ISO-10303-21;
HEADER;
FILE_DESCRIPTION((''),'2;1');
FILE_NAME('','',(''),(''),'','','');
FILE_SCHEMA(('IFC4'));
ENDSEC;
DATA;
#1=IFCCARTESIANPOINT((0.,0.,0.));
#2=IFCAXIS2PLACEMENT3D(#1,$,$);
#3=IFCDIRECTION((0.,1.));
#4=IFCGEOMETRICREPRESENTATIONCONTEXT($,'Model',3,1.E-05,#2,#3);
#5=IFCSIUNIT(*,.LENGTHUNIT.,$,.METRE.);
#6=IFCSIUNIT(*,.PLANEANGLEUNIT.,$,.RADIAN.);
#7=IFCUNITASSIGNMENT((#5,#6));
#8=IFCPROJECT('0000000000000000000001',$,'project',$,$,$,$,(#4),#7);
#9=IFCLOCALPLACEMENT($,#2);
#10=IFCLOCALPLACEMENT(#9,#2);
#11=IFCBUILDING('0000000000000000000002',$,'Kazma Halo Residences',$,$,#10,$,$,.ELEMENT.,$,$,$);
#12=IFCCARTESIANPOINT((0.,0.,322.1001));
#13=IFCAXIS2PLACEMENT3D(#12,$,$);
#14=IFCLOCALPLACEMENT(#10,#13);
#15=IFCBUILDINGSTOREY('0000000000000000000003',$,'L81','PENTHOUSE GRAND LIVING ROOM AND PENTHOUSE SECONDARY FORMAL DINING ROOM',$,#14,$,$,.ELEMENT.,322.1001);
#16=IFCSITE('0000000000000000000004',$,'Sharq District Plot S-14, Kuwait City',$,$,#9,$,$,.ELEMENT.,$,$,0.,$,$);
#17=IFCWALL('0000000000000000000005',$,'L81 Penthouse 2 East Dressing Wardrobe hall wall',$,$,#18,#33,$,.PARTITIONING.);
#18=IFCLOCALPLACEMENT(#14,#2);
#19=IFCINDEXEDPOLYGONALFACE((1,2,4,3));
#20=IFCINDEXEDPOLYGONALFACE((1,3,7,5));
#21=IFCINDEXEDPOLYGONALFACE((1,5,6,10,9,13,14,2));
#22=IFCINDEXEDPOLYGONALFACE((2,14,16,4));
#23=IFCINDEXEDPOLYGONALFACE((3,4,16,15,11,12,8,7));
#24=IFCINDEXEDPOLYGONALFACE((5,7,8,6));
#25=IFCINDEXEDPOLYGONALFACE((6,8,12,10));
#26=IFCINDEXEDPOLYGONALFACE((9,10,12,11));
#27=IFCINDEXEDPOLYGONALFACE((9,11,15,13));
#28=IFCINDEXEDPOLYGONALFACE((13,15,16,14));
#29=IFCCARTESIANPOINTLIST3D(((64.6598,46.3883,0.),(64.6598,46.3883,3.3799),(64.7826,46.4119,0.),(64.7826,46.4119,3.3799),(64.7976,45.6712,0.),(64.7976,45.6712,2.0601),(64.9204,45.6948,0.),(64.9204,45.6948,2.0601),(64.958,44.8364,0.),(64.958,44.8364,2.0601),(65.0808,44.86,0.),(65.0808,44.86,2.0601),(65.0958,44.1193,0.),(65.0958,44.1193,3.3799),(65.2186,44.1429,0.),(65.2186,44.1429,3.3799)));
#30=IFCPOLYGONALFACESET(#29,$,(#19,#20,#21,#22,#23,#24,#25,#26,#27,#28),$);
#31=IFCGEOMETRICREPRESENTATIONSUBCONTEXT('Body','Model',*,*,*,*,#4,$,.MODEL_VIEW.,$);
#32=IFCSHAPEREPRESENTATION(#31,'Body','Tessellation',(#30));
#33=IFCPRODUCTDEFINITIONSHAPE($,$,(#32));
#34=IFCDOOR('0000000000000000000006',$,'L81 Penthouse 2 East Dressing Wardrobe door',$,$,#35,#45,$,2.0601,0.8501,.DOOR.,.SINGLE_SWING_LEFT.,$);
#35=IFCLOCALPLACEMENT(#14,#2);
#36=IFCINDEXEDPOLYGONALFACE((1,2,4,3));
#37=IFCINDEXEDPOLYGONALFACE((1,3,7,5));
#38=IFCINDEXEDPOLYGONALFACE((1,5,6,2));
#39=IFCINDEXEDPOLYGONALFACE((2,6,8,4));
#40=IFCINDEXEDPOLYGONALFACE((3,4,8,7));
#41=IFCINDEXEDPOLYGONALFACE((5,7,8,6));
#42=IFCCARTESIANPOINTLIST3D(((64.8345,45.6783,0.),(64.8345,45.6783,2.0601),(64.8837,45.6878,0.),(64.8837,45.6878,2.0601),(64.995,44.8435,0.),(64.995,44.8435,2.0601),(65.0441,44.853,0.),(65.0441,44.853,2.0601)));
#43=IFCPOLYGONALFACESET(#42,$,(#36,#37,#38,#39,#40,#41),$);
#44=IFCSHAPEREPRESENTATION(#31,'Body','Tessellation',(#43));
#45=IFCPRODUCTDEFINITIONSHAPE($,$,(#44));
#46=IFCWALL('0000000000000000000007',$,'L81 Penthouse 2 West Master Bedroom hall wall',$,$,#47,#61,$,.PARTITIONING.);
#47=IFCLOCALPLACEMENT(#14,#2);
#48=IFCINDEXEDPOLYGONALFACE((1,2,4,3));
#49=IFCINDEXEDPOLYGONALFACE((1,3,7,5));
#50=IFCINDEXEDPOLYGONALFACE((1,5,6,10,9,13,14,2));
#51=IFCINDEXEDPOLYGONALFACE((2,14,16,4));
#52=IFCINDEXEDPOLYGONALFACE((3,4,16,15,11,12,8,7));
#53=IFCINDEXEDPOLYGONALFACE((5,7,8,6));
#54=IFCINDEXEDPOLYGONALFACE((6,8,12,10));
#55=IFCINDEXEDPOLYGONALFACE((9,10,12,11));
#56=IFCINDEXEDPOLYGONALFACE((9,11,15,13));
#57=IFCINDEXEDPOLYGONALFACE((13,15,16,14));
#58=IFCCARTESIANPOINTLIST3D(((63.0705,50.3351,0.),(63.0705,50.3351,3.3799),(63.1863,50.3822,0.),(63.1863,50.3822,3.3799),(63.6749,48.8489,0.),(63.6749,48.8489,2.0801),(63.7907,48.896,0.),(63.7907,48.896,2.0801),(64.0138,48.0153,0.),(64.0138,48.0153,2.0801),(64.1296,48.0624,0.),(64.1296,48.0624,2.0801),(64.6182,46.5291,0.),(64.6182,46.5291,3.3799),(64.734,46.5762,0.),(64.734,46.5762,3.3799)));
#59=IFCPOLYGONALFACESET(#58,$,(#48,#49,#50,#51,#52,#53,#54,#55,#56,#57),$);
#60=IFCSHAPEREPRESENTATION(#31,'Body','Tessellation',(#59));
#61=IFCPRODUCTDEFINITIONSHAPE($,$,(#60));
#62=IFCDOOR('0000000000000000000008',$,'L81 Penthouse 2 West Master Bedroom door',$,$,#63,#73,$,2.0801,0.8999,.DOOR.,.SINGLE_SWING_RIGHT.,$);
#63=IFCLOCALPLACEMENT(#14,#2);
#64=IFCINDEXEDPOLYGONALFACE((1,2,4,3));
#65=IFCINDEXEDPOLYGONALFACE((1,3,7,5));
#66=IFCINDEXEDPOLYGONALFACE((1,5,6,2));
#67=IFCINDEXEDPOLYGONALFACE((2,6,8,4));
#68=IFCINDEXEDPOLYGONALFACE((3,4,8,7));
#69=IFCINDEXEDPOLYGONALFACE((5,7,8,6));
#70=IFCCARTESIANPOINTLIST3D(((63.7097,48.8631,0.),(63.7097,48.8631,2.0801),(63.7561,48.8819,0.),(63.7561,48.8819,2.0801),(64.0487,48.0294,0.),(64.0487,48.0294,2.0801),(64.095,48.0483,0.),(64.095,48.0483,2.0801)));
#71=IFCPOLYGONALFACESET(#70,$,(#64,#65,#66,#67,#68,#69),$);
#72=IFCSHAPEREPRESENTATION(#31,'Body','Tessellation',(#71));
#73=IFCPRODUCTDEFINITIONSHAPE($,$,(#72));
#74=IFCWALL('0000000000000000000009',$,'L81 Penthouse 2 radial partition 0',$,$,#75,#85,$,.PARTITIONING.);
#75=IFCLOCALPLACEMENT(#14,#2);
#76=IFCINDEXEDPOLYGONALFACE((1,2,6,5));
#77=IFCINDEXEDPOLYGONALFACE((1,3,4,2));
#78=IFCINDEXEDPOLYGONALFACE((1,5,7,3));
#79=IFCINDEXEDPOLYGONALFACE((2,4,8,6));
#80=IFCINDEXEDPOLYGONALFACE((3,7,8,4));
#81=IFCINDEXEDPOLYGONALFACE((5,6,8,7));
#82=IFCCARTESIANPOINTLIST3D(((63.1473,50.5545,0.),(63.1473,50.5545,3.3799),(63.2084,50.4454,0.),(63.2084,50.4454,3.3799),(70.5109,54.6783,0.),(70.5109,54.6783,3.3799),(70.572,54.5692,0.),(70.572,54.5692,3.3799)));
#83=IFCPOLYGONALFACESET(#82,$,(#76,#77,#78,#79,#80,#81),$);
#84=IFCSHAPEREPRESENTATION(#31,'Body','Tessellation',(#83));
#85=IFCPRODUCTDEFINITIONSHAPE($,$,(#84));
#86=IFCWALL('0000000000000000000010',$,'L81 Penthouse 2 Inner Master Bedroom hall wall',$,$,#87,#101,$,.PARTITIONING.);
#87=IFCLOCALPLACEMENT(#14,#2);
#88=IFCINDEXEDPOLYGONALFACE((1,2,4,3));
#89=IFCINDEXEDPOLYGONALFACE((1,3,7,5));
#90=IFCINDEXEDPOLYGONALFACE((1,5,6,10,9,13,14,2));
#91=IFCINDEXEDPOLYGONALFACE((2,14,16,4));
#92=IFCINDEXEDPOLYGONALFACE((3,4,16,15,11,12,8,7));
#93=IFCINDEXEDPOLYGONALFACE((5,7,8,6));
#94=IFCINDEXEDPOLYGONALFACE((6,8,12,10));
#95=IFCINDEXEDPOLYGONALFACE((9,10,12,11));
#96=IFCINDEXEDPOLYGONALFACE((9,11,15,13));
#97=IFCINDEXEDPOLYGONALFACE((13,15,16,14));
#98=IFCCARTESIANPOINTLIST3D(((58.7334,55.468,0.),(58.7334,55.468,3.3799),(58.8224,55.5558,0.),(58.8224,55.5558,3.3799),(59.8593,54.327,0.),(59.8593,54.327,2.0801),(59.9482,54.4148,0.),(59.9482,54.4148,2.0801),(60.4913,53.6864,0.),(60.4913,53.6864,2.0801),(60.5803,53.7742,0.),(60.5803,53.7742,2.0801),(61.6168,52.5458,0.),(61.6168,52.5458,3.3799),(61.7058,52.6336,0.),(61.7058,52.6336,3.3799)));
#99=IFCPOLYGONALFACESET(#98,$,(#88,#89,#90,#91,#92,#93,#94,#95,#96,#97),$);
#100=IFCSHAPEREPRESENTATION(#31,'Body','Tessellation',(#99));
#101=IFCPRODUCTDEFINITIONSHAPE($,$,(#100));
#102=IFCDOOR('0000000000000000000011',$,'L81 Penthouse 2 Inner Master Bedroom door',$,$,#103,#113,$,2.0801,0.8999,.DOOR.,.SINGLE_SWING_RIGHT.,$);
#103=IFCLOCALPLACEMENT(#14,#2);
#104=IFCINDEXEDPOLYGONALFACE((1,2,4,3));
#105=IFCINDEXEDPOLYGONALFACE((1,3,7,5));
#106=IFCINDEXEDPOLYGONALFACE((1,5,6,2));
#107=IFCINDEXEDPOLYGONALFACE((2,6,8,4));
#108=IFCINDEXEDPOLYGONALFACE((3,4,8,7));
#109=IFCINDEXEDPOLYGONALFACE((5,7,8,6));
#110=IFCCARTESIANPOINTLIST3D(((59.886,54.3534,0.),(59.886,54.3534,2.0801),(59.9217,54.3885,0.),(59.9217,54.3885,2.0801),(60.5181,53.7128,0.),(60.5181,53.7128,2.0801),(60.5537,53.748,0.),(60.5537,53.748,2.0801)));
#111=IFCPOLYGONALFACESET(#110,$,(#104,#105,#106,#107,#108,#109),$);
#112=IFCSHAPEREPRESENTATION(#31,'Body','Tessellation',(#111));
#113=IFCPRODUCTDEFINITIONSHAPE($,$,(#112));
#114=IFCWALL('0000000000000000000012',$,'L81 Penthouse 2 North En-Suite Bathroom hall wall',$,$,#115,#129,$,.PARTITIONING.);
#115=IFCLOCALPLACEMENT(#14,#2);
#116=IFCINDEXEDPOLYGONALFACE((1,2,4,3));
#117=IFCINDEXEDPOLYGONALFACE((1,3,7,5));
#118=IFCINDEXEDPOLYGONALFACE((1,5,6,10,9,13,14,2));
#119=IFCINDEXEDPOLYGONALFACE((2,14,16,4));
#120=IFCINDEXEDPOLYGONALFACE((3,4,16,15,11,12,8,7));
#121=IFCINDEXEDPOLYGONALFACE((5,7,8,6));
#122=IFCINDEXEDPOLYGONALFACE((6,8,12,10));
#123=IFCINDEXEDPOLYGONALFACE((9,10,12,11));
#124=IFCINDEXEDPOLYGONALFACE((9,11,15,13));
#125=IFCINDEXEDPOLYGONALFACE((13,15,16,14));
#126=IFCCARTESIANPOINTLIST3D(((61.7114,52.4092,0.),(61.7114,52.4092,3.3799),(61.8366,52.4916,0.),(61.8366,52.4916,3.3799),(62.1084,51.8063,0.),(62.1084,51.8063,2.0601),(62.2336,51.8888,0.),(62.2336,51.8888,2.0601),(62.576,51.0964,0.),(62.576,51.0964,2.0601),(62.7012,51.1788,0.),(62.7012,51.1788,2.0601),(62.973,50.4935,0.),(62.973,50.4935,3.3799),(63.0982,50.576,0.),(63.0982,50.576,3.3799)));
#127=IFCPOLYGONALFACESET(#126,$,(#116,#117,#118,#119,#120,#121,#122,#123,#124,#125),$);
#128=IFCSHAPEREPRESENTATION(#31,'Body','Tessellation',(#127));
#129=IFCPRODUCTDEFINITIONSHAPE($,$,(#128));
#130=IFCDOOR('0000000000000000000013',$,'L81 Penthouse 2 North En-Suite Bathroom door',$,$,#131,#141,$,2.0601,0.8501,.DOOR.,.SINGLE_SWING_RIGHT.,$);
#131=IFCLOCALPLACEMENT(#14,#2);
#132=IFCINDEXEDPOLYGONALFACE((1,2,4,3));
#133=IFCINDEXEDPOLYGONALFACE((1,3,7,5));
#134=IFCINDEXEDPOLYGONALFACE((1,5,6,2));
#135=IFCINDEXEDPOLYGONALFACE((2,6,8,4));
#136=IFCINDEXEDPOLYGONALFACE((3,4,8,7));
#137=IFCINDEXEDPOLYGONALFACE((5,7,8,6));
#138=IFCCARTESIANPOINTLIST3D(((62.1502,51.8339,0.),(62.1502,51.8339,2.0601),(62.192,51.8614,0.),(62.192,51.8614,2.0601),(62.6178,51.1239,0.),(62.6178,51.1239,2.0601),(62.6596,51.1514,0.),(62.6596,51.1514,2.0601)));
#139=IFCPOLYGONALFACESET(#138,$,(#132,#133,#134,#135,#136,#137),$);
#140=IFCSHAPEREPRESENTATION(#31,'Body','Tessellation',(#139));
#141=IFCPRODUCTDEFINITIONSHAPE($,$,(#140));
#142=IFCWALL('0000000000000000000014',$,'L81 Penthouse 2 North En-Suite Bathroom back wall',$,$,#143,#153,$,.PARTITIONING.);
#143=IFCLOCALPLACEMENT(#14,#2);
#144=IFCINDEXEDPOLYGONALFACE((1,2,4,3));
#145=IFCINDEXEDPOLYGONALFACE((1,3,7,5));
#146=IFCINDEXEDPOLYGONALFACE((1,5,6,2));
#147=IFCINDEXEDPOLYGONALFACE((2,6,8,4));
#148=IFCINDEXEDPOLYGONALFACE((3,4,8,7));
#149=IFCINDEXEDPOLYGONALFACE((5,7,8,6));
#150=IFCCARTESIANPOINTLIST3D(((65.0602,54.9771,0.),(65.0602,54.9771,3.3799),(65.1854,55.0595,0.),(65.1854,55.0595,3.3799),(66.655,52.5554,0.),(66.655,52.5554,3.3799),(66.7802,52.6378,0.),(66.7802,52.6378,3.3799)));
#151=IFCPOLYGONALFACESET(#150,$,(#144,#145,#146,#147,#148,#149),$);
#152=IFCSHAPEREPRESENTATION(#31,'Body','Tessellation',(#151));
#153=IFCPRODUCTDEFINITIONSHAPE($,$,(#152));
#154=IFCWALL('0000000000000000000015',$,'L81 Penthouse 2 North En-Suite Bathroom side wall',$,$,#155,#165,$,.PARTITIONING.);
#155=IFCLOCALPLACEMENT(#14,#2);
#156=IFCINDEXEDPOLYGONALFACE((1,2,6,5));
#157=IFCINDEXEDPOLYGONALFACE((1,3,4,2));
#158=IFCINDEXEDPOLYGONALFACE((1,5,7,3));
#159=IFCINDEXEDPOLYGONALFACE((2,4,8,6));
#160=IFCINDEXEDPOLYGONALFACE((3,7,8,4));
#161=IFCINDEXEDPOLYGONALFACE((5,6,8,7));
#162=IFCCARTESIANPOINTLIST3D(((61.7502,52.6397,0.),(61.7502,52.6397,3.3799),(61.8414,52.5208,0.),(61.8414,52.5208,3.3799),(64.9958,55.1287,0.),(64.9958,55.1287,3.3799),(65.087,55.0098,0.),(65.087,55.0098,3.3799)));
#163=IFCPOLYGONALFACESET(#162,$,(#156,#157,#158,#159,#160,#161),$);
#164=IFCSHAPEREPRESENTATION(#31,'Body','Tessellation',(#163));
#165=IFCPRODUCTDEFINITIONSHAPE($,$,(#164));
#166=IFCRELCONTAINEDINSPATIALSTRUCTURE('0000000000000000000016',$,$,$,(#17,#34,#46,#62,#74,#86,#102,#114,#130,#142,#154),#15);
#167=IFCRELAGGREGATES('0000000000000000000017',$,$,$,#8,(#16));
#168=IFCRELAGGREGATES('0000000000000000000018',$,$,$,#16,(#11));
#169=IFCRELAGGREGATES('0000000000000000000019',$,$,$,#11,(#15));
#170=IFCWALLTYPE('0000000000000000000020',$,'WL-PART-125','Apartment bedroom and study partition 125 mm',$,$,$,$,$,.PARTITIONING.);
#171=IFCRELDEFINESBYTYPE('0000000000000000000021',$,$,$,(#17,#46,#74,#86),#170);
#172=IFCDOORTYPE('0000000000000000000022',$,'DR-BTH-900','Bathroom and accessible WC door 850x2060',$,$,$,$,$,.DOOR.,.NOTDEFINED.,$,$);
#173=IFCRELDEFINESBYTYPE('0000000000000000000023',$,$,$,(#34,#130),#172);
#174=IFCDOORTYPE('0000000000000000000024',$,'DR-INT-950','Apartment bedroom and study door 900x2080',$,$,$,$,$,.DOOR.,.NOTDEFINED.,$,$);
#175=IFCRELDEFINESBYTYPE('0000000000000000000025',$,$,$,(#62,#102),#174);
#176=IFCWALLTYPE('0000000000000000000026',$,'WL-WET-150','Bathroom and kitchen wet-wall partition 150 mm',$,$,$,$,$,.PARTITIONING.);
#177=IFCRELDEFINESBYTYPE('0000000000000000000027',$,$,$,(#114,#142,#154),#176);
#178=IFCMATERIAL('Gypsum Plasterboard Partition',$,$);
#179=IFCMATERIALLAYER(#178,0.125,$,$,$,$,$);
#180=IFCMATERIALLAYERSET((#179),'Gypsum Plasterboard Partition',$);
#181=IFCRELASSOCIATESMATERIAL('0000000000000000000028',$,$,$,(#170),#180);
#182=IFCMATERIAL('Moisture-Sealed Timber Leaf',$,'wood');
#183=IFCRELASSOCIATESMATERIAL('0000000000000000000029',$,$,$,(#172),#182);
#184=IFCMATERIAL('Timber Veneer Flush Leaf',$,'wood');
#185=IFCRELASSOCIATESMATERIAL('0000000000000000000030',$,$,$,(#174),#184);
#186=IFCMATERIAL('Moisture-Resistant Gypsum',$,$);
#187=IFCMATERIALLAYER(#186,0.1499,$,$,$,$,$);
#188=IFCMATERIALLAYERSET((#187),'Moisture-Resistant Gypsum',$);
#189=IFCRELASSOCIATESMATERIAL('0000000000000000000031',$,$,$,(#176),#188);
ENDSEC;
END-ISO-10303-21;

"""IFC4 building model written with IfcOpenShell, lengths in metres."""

from ifc_helpers import new_model, si_unit, direction, frame, frame_2d, origin, place, context, subcontext, project, spatial, rectangle, extrude, material, layer, layer_set, type_object, element, fill, save


model = new_model("IFC4")

# Units and contexts
model_context = context("Model", 3, precision=1e-05, world=origin(), true_north=direction((0.0, 1.0)))
body_context = subcontext(model_context, "Body", "Model", "MODEL_VIEW")
ifc_project = project(units=[si_unit("LENGTHUNIT", "METRE"), si_unit("PLANEANGLEUNIT", "RADIAN")], contexts=[model_context])

# Site, building, storey
site_placement = place(None, origin())
site = spatial("IfcSite", under=ifc_project, at=site_placement, Name="Sharq District Plot S-14, Kuwait City", CompositionType="ELEMENT", RefElevation=0.0)
building_placement = place(site_placement, origin())
building = spatial("IfcBuilding", under=site, at=building_placement, Name="Kazma Halo Residences", CompositionType="ELEMENT")
storey_placement = place(building_placement, frame((0.0, 0.0, 322.1001)))
storey = spatial("IfcBuildingStorey", under=building, at=storey_placement, Name="L81", Description="PENTHOUSE GRAND LIVING ROOM AND PENTHOUSE SECONDARY FORMAL DINING ROOM", CompositionType="ELEMENT", Elevation=322.1001)

# Shared definitions
ifc_material_1 = material(Name="Gypsum Plasterboard Partition")
ifc_layer_1 = layer(ifc_material_1, 0.125)
ifc_layer_set_1 = layer_set([ifc_layer_1], Name="Gypsum Plasterboard Partition")
wall_type_1 = type_object("IfcWallType", Name="WL-PART-125", Description="Apartment bedroom and study partition 125 mm", PredefinedType="PARTITIONING", material=ifc_layer_set_1)

# Walls, openings, doors
wall_1_placement = place(storey_placement, frame((65.1572, 44.1311, 0.0), z_axis=(0.0, 0.0, 1.0), x_axis=(-0.188714, 0.982032, 0.0)))
wall_1 = element("IfcWall", 1, at=wall_1_placement, inside=storey, type_object=wall_type_1, Name="L81 Penthouse 2 East Dressing Wardrobe hall wall", PredefinedType="PARTITIONING", context=body_context, shape_type="SweptSolid", body=[
    extrude(rectangle(XDim=2.3105, YDim=0.125, at=frame_2d((1.1553, 0.0))), origin(), (0.0, 0.0, 1.0), 3.3799),
])
opening_1_placement = place(wall_1_placement, frame((0.7302, 0.0, 0.0)))
opening_1 = element("IfcOpeningElement", 2, at=opening_1_placement, cuts=wall_1, PredefinedType="OPENING", context=body_context, shape_type="SweptSolid", body=[
    extrude(rectangle(XDim=0.8501, YDim=2.0601, at=frame_2d((0.425, 1.03))), frame((0.0, 0.0725, 0.0), z_axis=(0.0, -1.0, 0.0), x_axis=(1.0, 0.0, 0.0)), (0.0, 0.0, 1.0), 0.145),
])
ifc_material_2 = material(Name="Moisture-Sealed Timber Leaf", Category="wood")
door_type_1 = type_object("IfcDoorType", Name="DR-BTH-900", Description="Bathroom and accessible WC door 850x2060", OperationType="NOTDEFINED", PredefinedType="DOOR", material=ifc_material_2)
door_1_placement = place(opening_1_placement, origin())
door_1 = element("IfcDoor", 3, at=door_1_placement, inside=storey, type_object=door_type_1, Name="L81 Penthouse 2 East Dressing Wardrobe door", OperationType="SINGLE_SWING_LEFT", OverallHeight=2.0601, OverallWidth=0.8501, PredefinedType="DOOR", context=body_context, shape_type="SweptSolid", body=[
    extrude(rectangle(XDim=0.8501, YDim=2.0601, at=frame_2d((0.425, 1.03))), frame((0.0, 0.0249, 0.0), z_axis=(0.0, -1.0, 0.0), x_axis=(1.0, 0.0, 0.0)), (0.0, 0.0, 1.0), 0.05),
])
fill(opening_1, door_1)
wall_2_placement = place(storey_placement, frame((64.676, 46.5527, 0.0), z_axis=(0.0, 0.0, 1.0), x_axis=(-0.376681, 0.926343, 0.0)))
wall_2 = element("IfcWall", 4, at=wall_2_placement, inside=storey, type_object=wall_type_1, Name="L81 Penthouse 2 West Master Bedroom hall wall", PredefinedType="PARTITIONING", context=body_context, shape_type="SweptSolid", body=[
    extrude(rectangle(XDim=4.1086, YDim=0.125, at=frame_2d((2.0542, 0.0))), origin(), (0.0, 0.0, 1.0), 3.3799),
])
opening_2_placement = place(wall_2_placement, frame((1.6042, 0.0, 0.0)))
opening_2 = element("IfcOpeningElement", 5, at=opening_2_placement, cuts=wall_2, PredefinedType="OPENING", context=body_context, shape_type="SweptSolid", body=[
    extrude(rectangle(XDim=0.8999, YDim=2.0801, at=frame_2d((0.45, 1.04))), frame((0.0, 0.0725, 0.0), z_axis=(0.0, -1.0, 0.0), x_axis=(1.0, 0.0, 0.0)), (0.0, 0.0, 1.0), 0.145),
])
ifc_material_3 = material(Name="Timber Veneer Flush Leaf", Category="wood")
door_type_2 = type_object("IfcDoorType", Name="DR-INT-950", Description="Apartment bedroom and study door 900x2080", OperationType="NOTDEFINED", PredefinedType="DOOR", material=ifc_material_3)
door_2_placement = place(opening_2_placement, origin())
door_2 = element("IfcDoor", 6, at=door_2_placement, inside=storey, type_object=door_type_2, Name="L81 Penthouse 2 West Master Bedroom door", OperationType="SINGLE_SWING_RIGHT", OverallHeight=2.0801, OverallWidth=0.8999, PredefinedType="DOOR", context=body_context, shape_type="SweptSolid", body=[
    extrude(rectangle(XDim=0.8999, YDim=2.0801, at=frame_2d((0.45, 1.04))), frame((0.0, 0.0249, 0.0), z_axis=(0.0, -1.0, 0.0), x_axis=(1.0, 0.0, 0.0)), (0.0, 0.0, 1.0), 0.05),
])
fill(opening_2, door_2)

# Wall
wall_3_placement = place(storey_placement, frame((63.178, 50.5, 0.0), z_axis=(0.0, 0.0, 1.0), x_axis=(0.872496, 0.488622, 0.0)))
element("IfcWall", 7, at=wall_3_placement, inside=storey, type_object=wall_type_1, Name="L81 Penthouse 2 radial partition 0", PredefinedType="PARTITIONING", context=body_context, shape_type="SweptSolid", body=[
    extrude(rectangle(XDim=8.4397, YDim=0.125, at=frame_2d((4.2197, 0.0))), origin(), (0.0, 0.0, 1.0), 3.3799),
])

# Walls, openings, doors
wall_4_placement = place(storey_placement, frame((61.6614, 52.5896, 0.0), z_axis=(0.0, 0.0, 1.0), x_axis=(-0.702363, 0.711819, 0.0)))
wall_4 = element("IfcWall", 8, at=wall_4_placement, inside=storey, type_object=wall_type_1, Name="L81 Penthouse 2 Inner Master Bedroom hall wall", PredefinedType="PARTITIONING", context=body_context, shape_type="SweptSolid", body=[
    extrude(rectangle(XDim=4.1052, YDim=0.125, at=frame_2d((2.0527, 0.0))), origin(), (0.0, 0.0, 1.0), 3.3799),
])
opening_3_placement = place(wall_4_placement, frame((1.6025, 0.0, 0.0)))
opening_3 = element("IfcOpeningElement", 9, at=opening_3_placement, cuts=wall_4, PredefinedType="OPENING", context=body_context, shape_type="SweptSolid", body=[
    extrude(rectangle(XDim=0.8999, YDim=2.0801, at=frame_2d((0.45, 1.04))), frame((0.0, 0.0725, 0.0), z_axis=(0.0, -1.0, 0.0), x_axis=(1.0, 0.0, 0.0)), (0.0, 0.0, 1.0), 0.145),
])
door_3_placement = place(opening_3_placement, origin())
door_3 = element("IfcDoor", 10, at=door_3_placement, inside=storey, type_object=door_type_2, Name="L81 Penthouse 2 Inner Master Bedroom door", OperationType="SINGLE_SWING_RIGHT", OverallHeight=2.0801, OverallWidth=0.8999, PredefinedType="DOOR", context=body_context, shape_type="SweptSolid", body=[
    extrude(rectangle(XDim=0.8999, YDim=2.0801, at=frame_2d((0.45, 1.04))), frame((0.0, 0.0249, 0.0), z_axis=(0.0, -1.0, 0.0), x_axis=(1.0, 0.0, 0.0)), (0.0, 0.0, 1.0), 0.05),
])
fill(opening_3, door_3)
ifc_material_4 = material(Name="Moisture-Resistant Gypsum")
ifc_layer_2 = layer(ifc_material_4, 0.1499)
ifc_layer_set_2 = layer_set([ifc_layer_2], Name="Moisture-Resistant Gypsum")
wall_type_2 = type_object("IfcWallType", Name="WL-WET-150", Description="Bathroom and kitchen wet-wall partition 150 mm", PredefinedType="PARTITIONING", material=ifc_layer_set_2)
wall_5_placement = place(storey_placement, frame((63.0356, 50.5347, 0.0), z_axis=(0.0, 0.0, 1.0), x_axis=(-0.55, 0.835165, 0.0)))
wall_5 = element("IfcWall", 11, at=wall_5_placement, inside=storey, type_object=wall_type_2, Name="L81 Penthouse 2 North En-Suite Bathroom hall wall", PredefinedType="PARTITIONING", context=body_context, shape_type="SweptSolid", body=[
    extrude(rectangle(XDim=2.2937, YDim=0.1499, at=frame_2d((1.147, 0.0))), origin(), (0.0, 0.0, 1.0), 3.3799),
])
opening_4_placement = place(wall_5_placement, frame((0.7219, 0.0, 0.0)))
opening_4 = element("IfcOpeningElement", 12, at=opening_4_placement, cuts=wall_5, PredefinedType="OPENING", context=body_context, shape_type="SweptSolid", body=[
    extrude(rectangle(XDim=0.8501, YDim=2.0601, at=frame_2d((0.425, 1.03))), frame((0.0, 0.085, 0.0), z_axis=(0.0, -1.0, 0.0), x_axis=(1.0, 0.0, 0.0)), (0.0, 0.0, 1.0), 0.1699),
])
door_4_placement = place(opening_4_placement, origin())
door_4 = element("IfcDoor", 13, at=door_4_placement, inside=storey, type_object=door_type_1, Name="L81 Penthouse 2 North En-Suite Bathroom door", OperationType="SINGLE_SWING_RIGHT", OverallHeight=2.0601, OverallWidth=0.8501, PredefinedType="DOOR", context=body_context, shape_type="SweptSolid", body=[
    extrude(rectangle(XDim=0.8501, YDim=2.0601, at=frame_2d((0.425, 1.03))), frame((0.0, 0.0249, 0.0), z_axis=(0.0, -1.0, 0.0), x_axis=(1.0, 0.0, 0.0)), (0.0, 0.0, 1.0), 0.05),
])
fill(opening_4, door_4)

# Walls
wall_6_placement = place(storey_placement, frame((66.7175, 52.5967, 0.0), z_axis=(0.0, 0.0, 1.0), x_axis=(-0.549989, 0.835172, 0.0)))
element("IfcWall", 14, at=wall_6_placement, inside=storey, type_object=wall_type_2, Name="L81 Penthouse 2 North En-Suite Bathroom back wall", PredefinedType="PARTITIONING", context=body_context, shape_type="SweptSolid", body=[
    extrude(rectangle(XDim=2.8997, YDim=0.1499, at=frame_2d((1.4497, 0.0))), origin(), (0.0, 0.0, 1.0), 3.3799),
])
wall_7_placement = place(storey_placement, frame((61.7959, 52.5803, 0.0), z_axis=(0.0, 0.0, 1.0), x_axis=(0.793522, 0.608542, 0.0)))
element("IfcWall", 15, at=wall_7_placement, inside=storey, type_object=wall_type_2, Name="L81 Penthouse 2 North En-Suite Bathroom side wall", PredefinedType="PARTITIONING", context=body_context, shape_type="SweptSolid", body=[
    extrude(rectangle(XDim=4.0901, YDim=0.1499, at=frame_2d((2.0449, 0.0))), origin(), (0.0, 0.0, 1.0), 3.3799),
])

save(model, "model.ifc")
